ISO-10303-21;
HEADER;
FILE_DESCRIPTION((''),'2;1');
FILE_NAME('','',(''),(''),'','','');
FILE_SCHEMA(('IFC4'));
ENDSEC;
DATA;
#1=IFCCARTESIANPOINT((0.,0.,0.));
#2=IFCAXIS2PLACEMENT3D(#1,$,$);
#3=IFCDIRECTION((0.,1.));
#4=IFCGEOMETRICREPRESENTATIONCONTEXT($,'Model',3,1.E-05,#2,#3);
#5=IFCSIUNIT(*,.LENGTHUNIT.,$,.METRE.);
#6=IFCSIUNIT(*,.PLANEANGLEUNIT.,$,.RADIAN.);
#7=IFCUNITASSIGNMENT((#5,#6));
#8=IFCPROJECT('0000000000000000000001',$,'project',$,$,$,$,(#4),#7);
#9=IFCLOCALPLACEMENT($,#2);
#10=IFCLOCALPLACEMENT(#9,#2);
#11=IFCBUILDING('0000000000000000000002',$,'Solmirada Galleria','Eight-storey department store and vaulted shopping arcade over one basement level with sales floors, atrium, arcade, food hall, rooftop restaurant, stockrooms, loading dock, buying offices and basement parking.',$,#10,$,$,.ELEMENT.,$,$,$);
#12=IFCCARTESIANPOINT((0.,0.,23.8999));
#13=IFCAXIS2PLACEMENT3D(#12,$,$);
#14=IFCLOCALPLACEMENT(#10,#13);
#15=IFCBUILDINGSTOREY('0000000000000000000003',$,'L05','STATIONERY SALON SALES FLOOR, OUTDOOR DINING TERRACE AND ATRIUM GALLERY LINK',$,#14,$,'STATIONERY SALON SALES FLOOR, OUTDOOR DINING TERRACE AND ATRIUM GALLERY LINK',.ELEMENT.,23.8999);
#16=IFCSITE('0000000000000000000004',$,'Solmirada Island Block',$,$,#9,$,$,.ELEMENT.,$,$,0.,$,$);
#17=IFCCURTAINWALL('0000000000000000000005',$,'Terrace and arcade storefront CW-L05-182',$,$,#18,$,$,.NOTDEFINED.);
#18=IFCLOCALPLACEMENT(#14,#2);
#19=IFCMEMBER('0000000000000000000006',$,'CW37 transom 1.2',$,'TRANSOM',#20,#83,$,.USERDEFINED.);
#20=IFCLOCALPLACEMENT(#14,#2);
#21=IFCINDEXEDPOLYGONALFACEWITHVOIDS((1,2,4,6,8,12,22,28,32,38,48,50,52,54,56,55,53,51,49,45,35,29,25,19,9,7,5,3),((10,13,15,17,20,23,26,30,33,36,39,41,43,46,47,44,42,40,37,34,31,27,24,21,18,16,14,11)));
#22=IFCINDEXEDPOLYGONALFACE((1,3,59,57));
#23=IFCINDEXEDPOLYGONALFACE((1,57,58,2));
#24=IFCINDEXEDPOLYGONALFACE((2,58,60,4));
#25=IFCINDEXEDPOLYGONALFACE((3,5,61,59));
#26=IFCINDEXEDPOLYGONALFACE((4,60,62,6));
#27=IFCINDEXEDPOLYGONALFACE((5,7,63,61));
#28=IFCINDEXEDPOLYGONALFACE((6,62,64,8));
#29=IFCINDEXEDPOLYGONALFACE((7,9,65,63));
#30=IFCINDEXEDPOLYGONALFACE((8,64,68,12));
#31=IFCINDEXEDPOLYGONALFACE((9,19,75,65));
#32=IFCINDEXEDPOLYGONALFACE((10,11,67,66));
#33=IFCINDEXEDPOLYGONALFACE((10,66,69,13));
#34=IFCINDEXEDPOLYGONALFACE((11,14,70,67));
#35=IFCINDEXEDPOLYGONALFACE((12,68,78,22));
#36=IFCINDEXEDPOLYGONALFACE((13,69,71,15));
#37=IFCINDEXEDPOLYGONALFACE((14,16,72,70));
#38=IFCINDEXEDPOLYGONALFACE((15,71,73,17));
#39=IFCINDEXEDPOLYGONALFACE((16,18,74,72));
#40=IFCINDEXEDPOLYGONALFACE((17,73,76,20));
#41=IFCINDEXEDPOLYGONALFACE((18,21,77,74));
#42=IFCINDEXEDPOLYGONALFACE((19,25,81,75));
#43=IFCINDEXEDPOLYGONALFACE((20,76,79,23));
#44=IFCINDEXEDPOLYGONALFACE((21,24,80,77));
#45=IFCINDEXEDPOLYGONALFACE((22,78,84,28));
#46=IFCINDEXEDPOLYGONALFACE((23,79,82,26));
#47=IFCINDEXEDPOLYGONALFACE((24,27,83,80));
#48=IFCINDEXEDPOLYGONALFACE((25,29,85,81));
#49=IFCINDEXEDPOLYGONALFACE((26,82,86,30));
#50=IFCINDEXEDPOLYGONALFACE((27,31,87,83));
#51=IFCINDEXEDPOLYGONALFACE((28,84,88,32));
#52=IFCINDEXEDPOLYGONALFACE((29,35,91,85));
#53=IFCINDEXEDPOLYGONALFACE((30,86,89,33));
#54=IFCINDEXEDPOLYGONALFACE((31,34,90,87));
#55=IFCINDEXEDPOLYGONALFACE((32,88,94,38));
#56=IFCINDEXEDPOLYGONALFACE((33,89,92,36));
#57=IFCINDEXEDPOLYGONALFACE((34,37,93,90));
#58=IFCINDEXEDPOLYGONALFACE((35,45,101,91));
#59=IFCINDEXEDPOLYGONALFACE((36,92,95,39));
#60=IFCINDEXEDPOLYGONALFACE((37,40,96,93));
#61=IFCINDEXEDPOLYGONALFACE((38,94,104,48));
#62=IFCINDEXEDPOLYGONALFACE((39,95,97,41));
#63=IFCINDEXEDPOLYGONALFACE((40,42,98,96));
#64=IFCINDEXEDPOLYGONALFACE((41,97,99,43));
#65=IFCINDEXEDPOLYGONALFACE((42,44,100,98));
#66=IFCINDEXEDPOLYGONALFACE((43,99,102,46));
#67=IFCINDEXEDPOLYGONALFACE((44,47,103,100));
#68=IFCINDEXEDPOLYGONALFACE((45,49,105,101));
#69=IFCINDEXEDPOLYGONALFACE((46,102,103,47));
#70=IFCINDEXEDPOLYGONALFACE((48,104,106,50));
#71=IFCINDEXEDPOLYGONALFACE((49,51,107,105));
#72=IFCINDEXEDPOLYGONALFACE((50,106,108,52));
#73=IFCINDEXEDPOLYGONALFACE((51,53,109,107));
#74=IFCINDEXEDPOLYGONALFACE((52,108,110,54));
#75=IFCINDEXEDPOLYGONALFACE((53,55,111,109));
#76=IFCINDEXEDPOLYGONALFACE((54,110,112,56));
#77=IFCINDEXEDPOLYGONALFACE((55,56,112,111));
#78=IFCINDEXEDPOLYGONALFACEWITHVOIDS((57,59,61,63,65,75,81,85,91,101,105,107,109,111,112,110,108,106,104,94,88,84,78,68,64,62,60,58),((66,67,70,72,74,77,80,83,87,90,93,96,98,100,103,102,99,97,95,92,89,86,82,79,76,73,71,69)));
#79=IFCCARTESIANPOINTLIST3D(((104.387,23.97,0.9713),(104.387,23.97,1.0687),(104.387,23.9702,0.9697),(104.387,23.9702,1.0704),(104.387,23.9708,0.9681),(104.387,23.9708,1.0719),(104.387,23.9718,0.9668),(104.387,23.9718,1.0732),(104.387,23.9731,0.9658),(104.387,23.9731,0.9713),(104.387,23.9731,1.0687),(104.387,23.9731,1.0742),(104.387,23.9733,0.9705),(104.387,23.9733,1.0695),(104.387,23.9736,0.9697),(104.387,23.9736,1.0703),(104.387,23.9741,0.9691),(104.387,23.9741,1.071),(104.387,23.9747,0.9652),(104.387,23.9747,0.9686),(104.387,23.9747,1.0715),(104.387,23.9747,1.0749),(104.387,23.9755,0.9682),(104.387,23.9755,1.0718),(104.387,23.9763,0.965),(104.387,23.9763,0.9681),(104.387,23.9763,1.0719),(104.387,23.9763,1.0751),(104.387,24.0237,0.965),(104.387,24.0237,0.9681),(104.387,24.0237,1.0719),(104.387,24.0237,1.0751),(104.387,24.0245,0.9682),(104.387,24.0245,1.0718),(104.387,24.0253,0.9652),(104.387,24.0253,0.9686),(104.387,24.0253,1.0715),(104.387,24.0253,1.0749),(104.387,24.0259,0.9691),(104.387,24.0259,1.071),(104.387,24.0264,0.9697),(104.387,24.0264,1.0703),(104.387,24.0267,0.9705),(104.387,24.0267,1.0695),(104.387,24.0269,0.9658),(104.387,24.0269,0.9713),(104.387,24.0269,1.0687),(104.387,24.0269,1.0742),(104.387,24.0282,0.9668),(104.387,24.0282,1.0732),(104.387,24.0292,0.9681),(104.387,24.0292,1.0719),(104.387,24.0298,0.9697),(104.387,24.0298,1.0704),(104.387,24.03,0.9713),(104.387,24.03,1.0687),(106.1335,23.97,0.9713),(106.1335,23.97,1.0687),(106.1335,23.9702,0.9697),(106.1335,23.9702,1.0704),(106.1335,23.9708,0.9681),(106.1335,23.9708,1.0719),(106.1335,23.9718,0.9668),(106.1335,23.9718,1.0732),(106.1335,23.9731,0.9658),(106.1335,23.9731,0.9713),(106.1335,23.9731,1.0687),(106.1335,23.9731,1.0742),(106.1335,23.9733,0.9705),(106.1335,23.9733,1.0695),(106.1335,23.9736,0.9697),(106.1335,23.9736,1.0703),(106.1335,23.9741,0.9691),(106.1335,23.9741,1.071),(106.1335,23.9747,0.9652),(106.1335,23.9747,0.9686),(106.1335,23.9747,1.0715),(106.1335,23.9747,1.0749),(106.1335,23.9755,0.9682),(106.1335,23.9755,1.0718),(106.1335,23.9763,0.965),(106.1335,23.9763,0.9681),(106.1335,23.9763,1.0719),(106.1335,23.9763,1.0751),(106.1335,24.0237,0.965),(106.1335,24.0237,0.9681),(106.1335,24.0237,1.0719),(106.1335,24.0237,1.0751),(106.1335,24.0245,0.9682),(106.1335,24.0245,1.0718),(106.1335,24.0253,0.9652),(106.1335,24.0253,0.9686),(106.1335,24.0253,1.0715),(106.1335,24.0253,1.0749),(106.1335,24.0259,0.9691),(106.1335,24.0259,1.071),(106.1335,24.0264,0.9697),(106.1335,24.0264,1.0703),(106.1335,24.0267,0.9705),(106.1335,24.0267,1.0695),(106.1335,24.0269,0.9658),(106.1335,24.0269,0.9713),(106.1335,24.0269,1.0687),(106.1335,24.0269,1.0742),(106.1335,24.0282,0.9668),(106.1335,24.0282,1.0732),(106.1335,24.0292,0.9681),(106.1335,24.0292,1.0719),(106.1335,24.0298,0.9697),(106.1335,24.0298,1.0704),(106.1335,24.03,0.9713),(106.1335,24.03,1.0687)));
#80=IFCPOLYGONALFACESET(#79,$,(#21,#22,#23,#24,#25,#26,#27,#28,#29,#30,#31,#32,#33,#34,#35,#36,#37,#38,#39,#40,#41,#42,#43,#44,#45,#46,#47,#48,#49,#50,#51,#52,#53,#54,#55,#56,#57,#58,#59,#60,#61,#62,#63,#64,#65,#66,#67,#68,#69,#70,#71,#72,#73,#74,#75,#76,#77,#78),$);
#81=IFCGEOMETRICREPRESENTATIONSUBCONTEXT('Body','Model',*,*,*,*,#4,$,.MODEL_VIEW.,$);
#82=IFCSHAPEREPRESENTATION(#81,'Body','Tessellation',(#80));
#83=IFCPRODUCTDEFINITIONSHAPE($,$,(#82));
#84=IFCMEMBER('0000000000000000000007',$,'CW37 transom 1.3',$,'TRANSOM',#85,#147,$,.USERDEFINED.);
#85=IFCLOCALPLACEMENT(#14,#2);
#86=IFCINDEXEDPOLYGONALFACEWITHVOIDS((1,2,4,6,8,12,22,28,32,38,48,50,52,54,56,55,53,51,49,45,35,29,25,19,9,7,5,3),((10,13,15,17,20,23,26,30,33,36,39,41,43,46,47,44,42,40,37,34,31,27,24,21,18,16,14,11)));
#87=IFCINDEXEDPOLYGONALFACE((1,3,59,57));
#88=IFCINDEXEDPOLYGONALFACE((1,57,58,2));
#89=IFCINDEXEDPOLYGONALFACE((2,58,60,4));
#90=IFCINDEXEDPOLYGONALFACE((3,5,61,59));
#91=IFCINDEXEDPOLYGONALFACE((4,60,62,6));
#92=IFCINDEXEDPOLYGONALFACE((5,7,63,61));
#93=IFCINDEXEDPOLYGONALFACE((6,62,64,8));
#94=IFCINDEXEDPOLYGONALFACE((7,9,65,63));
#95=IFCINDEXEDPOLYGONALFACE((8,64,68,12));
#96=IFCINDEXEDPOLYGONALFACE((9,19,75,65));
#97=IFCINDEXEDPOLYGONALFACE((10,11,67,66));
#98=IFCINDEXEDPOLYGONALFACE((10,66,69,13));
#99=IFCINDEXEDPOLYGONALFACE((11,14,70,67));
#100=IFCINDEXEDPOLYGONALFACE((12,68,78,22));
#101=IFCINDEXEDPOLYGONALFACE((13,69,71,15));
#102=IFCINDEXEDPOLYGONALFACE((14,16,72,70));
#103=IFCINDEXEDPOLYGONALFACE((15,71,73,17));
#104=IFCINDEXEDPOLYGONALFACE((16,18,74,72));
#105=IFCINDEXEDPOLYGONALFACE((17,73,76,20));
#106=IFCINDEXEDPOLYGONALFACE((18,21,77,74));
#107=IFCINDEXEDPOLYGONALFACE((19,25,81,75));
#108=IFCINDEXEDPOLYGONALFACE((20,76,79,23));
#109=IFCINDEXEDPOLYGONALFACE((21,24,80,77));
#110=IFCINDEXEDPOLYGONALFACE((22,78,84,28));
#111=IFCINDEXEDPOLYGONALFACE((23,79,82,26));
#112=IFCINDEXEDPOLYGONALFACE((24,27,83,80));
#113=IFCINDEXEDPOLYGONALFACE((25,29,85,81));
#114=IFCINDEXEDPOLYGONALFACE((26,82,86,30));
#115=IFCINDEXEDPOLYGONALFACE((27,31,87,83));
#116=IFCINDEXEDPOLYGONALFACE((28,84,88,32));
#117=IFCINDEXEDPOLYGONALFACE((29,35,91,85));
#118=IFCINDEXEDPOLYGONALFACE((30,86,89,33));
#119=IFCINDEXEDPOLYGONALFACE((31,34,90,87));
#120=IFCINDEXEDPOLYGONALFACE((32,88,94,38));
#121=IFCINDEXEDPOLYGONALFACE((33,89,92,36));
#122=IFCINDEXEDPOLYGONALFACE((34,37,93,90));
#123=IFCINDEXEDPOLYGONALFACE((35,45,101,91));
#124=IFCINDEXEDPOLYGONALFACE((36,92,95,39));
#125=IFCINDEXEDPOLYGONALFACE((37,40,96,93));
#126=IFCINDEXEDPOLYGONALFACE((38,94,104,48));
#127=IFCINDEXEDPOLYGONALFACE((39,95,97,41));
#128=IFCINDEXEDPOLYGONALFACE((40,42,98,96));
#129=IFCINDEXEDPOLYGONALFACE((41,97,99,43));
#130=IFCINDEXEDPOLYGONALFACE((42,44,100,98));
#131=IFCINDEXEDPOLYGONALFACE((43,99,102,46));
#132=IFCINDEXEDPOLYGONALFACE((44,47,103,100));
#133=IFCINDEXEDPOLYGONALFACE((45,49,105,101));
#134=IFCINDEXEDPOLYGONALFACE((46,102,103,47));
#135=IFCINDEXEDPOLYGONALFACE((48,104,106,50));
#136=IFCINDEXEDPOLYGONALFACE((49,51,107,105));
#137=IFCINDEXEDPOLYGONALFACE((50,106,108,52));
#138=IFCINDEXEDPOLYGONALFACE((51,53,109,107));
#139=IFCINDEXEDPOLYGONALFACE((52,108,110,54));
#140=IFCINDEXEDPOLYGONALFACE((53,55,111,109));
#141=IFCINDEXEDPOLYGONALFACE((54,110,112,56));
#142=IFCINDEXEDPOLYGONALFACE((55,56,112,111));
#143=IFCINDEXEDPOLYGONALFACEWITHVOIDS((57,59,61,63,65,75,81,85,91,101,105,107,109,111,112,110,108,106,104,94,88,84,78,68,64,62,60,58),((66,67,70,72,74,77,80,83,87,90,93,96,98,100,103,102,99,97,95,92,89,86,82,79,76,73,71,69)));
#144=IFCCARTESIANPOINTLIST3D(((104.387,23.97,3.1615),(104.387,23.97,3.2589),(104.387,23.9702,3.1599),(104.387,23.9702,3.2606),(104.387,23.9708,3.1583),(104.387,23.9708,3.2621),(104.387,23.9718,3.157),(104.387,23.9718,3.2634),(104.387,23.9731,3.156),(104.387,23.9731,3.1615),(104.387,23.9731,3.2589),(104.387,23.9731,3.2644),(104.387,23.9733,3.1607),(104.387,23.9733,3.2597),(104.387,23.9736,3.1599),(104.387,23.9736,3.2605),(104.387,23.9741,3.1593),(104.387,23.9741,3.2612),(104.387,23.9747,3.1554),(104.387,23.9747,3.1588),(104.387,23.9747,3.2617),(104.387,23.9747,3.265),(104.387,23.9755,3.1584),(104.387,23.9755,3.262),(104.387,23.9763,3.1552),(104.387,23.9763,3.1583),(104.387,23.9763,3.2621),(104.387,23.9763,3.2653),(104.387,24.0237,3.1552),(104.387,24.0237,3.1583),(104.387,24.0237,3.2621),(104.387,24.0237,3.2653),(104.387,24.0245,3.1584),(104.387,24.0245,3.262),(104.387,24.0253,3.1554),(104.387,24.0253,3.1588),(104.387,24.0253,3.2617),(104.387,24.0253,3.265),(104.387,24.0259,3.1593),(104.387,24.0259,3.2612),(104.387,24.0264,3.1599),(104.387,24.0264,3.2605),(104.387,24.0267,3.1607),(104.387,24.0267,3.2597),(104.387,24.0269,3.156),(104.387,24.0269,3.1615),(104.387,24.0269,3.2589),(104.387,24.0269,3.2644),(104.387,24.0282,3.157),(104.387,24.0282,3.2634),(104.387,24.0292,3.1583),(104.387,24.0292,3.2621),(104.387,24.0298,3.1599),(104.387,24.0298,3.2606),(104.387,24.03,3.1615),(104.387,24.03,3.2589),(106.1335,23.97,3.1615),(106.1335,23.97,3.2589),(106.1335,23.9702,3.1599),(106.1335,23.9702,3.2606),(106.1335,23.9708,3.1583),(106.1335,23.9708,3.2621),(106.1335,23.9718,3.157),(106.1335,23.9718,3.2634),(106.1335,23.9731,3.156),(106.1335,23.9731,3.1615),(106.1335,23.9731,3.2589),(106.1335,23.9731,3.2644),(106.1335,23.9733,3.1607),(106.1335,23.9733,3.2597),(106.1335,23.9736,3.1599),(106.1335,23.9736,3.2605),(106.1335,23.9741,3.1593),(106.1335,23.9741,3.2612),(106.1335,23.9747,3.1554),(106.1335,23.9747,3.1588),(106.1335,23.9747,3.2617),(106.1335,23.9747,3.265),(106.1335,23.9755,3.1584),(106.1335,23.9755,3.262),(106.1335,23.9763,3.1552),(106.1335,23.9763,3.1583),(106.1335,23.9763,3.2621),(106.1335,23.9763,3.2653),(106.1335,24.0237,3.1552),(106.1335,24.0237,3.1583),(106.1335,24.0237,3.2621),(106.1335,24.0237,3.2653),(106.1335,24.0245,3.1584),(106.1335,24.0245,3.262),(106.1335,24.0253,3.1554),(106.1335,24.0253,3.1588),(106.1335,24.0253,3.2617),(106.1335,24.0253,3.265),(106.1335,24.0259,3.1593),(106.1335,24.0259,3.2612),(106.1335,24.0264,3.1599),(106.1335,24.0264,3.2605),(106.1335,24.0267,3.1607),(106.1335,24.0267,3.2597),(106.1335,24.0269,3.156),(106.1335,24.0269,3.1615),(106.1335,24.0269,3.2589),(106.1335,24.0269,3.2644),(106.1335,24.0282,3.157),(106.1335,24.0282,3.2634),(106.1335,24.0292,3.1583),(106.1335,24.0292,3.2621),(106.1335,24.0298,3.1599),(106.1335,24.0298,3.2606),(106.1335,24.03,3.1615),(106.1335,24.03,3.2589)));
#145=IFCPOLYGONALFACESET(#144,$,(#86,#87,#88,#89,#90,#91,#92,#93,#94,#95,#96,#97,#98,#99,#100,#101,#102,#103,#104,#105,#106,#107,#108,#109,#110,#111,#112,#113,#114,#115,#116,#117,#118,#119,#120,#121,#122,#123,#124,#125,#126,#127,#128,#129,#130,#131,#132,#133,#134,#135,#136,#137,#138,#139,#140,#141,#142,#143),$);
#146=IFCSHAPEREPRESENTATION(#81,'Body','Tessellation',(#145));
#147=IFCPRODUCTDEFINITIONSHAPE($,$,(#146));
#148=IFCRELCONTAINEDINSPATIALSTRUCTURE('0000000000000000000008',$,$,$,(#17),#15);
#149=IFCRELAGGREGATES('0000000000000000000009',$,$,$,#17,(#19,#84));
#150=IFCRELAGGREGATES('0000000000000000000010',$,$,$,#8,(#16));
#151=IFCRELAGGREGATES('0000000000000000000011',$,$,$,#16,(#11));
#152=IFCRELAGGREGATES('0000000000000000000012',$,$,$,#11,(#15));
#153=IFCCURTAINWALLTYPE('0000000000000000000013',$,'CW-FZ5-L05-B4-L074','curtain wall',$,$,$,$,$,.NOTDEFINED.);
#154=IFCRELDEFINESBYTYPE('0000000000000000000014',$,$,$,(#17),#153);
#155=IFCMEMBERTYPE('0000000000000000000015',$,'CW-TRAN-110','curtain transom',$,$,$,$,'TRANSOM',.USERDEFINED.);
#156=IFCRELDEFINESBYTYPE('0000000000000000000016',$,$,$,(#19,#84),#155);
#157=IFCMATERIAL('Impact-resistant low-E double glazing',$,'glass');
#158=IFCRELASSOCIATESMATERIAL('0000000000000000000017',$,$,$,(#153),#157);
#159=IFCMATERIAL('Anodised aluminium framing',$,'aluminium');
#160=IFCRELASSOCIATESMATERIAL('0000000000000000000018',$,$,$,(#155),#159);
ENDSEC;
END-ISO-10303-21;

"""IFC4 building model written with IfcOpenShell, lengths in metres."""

from ifc_helpers import new_model, si_unit, direction, frame, origin, origin_2d, place, context, subcontext, project, spatial, hollow_rectangle, extrude, material, material_profile, profile_set, type_object, element, aggregate, save


model = new_model("IFC4")

# Units and contexts
model_context = context("Model", 3, precision=1e-05, world=origin(), true_north=direction((0.0, 1.0)))
body_context = subcontext(model_context, "Body", "Model", "MODEL_VIEW")
ifc_project = project(units=[si_unit("LENGTHUNIT", "METRE"), si_unit("PLANEANGLEUNIT", "RADIAN")], contexts=[model_context])

# Site, building, storey
site_placement = place(None, origin())
site = spatial("IfcSite", under=ifc_project, at=site_placement, Name="Solmirada Island Block", CompositionType="ELEMENT", RefElevation=0.0)
building_placement = place(site_placement, origin())
building = spatial("IfcBuilding", under=site, at=building_placement, Name="Solmirada Galleria", Description="Eight-storey department store and vaulted shopping arcade over one basement level with sales floors, atrium, arcade, food hall, rooftop restaurant, stockrooms, loading dock, buying offices and basement parking.", CompositionType="ELEMENT")
storey_placement = place(building_placement, frame((0.0, 0.0, 23.8999)))
storey = spatial("IfcBuildingStorey", under=building, at=storey_placement, Name="L05", Description="STATIONERY SALON SALES FLOOR, OUTDOOR DINING TERRACE AND ATRIUM GALLERY LINK", LongName="STATIONERY SALON SALES FLOOR, OUTDOOR DINING TERRACE AND ATRIUM GALLERY LINK", CompositionType="ELEMENT", Elevation=23.8999)

# Curtain wall
ifc_material_1 = material(Name="Impact-resistant low-E double glazing", Category="glass")
ifc_material_2 = material(Name="Anodised aluminium framing", Category="aluminium")
curtain_wall_type_1 = type_object("IfcCurtainWallType", Name="CW-FZ5-L05-B4-L074", Description="curtain wall", PredefinedType="NOTDEFINED", material=ifc_material_1)
curtain_wall_1_placement = place(storey_placement, origin())
curtain_wall_1 = element("IfcCurtainWall", 1, at=curtain_wall_1_placement, inside=storey, type_object=curtain_wall_type_1, Name="Terrace and arcade storefront CW-L05-182", PredefinedType="NOTDEFINED")

# Members
ifc_material_profile_1 = material_profile(ifc_material_2, hollow_rectangle(XDim=0.0601, YDim=0.1101, WallThickness=0.0032, InnerFilletRadius=0.0032, OuterFilletRadius=0.0063, at=origin_2d()), Name="ALU-TRAN-110X60")
ifc_profile_set_1 = profile_set([ifc_material_profile_1], Name="Anodised aluminium framing")
member_type_1 = type_object("IfcMemberType", Name="CW-TRAN-110", Description="curtain transom", ElementType="TRANSOM", PredefinedType="USERDEFINED", material=ifc_profile_set_1)
member_1_placement = place(storey_placement, frame((104.387, 24.0, 1.02), z_axis=(1.0, 0.0, 0.0), x_axis=(0.0, 1.0, 0.0)))
member_1 = element("IfcMember", 2, at=member_1_placement, type_object=member_type_1, Name="CW37 transom 1.2", ObjectType="TRANSOM", PredefinedType="USERDEFINED", context=body_context, shape_type="SweptSolid", body=[
    extrude(hollow_rectangle(XDim=0.0601, YDim=0.1101, WallThickness=0.0032, InnerFilletRadius=0.0032, OuterFilletRadius=0.0063, at=origin_2d()), origin(), (0.0, 0.0, 1.0), 1.7466),
])
member_2_placement = place(storey_placement, frame((104.387, 24.0, 3.2102), z_axis=(1.0, 0.0, 0.0), x_axis=(0.0, 1.0, 0.0)))
member_2 = element("IfcMember", 3, at=member_2_placement, type_object=member_type_1, Name="CW37 transom 1.3", ObjectType="TRANSOM", PredefinedType="USERDEFINED", context=body_context, shape_type="SweptSolid", body=[
    extrude(hollow_rectangle(XDim=0.0601, YDim=0.1101, WallThickness=0.0032, InnerFilletRadius=0.0032, OuterFilletRadius=0.0063, at=origin_2d()), origin(), (0.0, 0.0, 1.0), 1.7466),
])

aggregate(curtain_wall_1, [member_1, member_2])

save(model, "model.ifc")
